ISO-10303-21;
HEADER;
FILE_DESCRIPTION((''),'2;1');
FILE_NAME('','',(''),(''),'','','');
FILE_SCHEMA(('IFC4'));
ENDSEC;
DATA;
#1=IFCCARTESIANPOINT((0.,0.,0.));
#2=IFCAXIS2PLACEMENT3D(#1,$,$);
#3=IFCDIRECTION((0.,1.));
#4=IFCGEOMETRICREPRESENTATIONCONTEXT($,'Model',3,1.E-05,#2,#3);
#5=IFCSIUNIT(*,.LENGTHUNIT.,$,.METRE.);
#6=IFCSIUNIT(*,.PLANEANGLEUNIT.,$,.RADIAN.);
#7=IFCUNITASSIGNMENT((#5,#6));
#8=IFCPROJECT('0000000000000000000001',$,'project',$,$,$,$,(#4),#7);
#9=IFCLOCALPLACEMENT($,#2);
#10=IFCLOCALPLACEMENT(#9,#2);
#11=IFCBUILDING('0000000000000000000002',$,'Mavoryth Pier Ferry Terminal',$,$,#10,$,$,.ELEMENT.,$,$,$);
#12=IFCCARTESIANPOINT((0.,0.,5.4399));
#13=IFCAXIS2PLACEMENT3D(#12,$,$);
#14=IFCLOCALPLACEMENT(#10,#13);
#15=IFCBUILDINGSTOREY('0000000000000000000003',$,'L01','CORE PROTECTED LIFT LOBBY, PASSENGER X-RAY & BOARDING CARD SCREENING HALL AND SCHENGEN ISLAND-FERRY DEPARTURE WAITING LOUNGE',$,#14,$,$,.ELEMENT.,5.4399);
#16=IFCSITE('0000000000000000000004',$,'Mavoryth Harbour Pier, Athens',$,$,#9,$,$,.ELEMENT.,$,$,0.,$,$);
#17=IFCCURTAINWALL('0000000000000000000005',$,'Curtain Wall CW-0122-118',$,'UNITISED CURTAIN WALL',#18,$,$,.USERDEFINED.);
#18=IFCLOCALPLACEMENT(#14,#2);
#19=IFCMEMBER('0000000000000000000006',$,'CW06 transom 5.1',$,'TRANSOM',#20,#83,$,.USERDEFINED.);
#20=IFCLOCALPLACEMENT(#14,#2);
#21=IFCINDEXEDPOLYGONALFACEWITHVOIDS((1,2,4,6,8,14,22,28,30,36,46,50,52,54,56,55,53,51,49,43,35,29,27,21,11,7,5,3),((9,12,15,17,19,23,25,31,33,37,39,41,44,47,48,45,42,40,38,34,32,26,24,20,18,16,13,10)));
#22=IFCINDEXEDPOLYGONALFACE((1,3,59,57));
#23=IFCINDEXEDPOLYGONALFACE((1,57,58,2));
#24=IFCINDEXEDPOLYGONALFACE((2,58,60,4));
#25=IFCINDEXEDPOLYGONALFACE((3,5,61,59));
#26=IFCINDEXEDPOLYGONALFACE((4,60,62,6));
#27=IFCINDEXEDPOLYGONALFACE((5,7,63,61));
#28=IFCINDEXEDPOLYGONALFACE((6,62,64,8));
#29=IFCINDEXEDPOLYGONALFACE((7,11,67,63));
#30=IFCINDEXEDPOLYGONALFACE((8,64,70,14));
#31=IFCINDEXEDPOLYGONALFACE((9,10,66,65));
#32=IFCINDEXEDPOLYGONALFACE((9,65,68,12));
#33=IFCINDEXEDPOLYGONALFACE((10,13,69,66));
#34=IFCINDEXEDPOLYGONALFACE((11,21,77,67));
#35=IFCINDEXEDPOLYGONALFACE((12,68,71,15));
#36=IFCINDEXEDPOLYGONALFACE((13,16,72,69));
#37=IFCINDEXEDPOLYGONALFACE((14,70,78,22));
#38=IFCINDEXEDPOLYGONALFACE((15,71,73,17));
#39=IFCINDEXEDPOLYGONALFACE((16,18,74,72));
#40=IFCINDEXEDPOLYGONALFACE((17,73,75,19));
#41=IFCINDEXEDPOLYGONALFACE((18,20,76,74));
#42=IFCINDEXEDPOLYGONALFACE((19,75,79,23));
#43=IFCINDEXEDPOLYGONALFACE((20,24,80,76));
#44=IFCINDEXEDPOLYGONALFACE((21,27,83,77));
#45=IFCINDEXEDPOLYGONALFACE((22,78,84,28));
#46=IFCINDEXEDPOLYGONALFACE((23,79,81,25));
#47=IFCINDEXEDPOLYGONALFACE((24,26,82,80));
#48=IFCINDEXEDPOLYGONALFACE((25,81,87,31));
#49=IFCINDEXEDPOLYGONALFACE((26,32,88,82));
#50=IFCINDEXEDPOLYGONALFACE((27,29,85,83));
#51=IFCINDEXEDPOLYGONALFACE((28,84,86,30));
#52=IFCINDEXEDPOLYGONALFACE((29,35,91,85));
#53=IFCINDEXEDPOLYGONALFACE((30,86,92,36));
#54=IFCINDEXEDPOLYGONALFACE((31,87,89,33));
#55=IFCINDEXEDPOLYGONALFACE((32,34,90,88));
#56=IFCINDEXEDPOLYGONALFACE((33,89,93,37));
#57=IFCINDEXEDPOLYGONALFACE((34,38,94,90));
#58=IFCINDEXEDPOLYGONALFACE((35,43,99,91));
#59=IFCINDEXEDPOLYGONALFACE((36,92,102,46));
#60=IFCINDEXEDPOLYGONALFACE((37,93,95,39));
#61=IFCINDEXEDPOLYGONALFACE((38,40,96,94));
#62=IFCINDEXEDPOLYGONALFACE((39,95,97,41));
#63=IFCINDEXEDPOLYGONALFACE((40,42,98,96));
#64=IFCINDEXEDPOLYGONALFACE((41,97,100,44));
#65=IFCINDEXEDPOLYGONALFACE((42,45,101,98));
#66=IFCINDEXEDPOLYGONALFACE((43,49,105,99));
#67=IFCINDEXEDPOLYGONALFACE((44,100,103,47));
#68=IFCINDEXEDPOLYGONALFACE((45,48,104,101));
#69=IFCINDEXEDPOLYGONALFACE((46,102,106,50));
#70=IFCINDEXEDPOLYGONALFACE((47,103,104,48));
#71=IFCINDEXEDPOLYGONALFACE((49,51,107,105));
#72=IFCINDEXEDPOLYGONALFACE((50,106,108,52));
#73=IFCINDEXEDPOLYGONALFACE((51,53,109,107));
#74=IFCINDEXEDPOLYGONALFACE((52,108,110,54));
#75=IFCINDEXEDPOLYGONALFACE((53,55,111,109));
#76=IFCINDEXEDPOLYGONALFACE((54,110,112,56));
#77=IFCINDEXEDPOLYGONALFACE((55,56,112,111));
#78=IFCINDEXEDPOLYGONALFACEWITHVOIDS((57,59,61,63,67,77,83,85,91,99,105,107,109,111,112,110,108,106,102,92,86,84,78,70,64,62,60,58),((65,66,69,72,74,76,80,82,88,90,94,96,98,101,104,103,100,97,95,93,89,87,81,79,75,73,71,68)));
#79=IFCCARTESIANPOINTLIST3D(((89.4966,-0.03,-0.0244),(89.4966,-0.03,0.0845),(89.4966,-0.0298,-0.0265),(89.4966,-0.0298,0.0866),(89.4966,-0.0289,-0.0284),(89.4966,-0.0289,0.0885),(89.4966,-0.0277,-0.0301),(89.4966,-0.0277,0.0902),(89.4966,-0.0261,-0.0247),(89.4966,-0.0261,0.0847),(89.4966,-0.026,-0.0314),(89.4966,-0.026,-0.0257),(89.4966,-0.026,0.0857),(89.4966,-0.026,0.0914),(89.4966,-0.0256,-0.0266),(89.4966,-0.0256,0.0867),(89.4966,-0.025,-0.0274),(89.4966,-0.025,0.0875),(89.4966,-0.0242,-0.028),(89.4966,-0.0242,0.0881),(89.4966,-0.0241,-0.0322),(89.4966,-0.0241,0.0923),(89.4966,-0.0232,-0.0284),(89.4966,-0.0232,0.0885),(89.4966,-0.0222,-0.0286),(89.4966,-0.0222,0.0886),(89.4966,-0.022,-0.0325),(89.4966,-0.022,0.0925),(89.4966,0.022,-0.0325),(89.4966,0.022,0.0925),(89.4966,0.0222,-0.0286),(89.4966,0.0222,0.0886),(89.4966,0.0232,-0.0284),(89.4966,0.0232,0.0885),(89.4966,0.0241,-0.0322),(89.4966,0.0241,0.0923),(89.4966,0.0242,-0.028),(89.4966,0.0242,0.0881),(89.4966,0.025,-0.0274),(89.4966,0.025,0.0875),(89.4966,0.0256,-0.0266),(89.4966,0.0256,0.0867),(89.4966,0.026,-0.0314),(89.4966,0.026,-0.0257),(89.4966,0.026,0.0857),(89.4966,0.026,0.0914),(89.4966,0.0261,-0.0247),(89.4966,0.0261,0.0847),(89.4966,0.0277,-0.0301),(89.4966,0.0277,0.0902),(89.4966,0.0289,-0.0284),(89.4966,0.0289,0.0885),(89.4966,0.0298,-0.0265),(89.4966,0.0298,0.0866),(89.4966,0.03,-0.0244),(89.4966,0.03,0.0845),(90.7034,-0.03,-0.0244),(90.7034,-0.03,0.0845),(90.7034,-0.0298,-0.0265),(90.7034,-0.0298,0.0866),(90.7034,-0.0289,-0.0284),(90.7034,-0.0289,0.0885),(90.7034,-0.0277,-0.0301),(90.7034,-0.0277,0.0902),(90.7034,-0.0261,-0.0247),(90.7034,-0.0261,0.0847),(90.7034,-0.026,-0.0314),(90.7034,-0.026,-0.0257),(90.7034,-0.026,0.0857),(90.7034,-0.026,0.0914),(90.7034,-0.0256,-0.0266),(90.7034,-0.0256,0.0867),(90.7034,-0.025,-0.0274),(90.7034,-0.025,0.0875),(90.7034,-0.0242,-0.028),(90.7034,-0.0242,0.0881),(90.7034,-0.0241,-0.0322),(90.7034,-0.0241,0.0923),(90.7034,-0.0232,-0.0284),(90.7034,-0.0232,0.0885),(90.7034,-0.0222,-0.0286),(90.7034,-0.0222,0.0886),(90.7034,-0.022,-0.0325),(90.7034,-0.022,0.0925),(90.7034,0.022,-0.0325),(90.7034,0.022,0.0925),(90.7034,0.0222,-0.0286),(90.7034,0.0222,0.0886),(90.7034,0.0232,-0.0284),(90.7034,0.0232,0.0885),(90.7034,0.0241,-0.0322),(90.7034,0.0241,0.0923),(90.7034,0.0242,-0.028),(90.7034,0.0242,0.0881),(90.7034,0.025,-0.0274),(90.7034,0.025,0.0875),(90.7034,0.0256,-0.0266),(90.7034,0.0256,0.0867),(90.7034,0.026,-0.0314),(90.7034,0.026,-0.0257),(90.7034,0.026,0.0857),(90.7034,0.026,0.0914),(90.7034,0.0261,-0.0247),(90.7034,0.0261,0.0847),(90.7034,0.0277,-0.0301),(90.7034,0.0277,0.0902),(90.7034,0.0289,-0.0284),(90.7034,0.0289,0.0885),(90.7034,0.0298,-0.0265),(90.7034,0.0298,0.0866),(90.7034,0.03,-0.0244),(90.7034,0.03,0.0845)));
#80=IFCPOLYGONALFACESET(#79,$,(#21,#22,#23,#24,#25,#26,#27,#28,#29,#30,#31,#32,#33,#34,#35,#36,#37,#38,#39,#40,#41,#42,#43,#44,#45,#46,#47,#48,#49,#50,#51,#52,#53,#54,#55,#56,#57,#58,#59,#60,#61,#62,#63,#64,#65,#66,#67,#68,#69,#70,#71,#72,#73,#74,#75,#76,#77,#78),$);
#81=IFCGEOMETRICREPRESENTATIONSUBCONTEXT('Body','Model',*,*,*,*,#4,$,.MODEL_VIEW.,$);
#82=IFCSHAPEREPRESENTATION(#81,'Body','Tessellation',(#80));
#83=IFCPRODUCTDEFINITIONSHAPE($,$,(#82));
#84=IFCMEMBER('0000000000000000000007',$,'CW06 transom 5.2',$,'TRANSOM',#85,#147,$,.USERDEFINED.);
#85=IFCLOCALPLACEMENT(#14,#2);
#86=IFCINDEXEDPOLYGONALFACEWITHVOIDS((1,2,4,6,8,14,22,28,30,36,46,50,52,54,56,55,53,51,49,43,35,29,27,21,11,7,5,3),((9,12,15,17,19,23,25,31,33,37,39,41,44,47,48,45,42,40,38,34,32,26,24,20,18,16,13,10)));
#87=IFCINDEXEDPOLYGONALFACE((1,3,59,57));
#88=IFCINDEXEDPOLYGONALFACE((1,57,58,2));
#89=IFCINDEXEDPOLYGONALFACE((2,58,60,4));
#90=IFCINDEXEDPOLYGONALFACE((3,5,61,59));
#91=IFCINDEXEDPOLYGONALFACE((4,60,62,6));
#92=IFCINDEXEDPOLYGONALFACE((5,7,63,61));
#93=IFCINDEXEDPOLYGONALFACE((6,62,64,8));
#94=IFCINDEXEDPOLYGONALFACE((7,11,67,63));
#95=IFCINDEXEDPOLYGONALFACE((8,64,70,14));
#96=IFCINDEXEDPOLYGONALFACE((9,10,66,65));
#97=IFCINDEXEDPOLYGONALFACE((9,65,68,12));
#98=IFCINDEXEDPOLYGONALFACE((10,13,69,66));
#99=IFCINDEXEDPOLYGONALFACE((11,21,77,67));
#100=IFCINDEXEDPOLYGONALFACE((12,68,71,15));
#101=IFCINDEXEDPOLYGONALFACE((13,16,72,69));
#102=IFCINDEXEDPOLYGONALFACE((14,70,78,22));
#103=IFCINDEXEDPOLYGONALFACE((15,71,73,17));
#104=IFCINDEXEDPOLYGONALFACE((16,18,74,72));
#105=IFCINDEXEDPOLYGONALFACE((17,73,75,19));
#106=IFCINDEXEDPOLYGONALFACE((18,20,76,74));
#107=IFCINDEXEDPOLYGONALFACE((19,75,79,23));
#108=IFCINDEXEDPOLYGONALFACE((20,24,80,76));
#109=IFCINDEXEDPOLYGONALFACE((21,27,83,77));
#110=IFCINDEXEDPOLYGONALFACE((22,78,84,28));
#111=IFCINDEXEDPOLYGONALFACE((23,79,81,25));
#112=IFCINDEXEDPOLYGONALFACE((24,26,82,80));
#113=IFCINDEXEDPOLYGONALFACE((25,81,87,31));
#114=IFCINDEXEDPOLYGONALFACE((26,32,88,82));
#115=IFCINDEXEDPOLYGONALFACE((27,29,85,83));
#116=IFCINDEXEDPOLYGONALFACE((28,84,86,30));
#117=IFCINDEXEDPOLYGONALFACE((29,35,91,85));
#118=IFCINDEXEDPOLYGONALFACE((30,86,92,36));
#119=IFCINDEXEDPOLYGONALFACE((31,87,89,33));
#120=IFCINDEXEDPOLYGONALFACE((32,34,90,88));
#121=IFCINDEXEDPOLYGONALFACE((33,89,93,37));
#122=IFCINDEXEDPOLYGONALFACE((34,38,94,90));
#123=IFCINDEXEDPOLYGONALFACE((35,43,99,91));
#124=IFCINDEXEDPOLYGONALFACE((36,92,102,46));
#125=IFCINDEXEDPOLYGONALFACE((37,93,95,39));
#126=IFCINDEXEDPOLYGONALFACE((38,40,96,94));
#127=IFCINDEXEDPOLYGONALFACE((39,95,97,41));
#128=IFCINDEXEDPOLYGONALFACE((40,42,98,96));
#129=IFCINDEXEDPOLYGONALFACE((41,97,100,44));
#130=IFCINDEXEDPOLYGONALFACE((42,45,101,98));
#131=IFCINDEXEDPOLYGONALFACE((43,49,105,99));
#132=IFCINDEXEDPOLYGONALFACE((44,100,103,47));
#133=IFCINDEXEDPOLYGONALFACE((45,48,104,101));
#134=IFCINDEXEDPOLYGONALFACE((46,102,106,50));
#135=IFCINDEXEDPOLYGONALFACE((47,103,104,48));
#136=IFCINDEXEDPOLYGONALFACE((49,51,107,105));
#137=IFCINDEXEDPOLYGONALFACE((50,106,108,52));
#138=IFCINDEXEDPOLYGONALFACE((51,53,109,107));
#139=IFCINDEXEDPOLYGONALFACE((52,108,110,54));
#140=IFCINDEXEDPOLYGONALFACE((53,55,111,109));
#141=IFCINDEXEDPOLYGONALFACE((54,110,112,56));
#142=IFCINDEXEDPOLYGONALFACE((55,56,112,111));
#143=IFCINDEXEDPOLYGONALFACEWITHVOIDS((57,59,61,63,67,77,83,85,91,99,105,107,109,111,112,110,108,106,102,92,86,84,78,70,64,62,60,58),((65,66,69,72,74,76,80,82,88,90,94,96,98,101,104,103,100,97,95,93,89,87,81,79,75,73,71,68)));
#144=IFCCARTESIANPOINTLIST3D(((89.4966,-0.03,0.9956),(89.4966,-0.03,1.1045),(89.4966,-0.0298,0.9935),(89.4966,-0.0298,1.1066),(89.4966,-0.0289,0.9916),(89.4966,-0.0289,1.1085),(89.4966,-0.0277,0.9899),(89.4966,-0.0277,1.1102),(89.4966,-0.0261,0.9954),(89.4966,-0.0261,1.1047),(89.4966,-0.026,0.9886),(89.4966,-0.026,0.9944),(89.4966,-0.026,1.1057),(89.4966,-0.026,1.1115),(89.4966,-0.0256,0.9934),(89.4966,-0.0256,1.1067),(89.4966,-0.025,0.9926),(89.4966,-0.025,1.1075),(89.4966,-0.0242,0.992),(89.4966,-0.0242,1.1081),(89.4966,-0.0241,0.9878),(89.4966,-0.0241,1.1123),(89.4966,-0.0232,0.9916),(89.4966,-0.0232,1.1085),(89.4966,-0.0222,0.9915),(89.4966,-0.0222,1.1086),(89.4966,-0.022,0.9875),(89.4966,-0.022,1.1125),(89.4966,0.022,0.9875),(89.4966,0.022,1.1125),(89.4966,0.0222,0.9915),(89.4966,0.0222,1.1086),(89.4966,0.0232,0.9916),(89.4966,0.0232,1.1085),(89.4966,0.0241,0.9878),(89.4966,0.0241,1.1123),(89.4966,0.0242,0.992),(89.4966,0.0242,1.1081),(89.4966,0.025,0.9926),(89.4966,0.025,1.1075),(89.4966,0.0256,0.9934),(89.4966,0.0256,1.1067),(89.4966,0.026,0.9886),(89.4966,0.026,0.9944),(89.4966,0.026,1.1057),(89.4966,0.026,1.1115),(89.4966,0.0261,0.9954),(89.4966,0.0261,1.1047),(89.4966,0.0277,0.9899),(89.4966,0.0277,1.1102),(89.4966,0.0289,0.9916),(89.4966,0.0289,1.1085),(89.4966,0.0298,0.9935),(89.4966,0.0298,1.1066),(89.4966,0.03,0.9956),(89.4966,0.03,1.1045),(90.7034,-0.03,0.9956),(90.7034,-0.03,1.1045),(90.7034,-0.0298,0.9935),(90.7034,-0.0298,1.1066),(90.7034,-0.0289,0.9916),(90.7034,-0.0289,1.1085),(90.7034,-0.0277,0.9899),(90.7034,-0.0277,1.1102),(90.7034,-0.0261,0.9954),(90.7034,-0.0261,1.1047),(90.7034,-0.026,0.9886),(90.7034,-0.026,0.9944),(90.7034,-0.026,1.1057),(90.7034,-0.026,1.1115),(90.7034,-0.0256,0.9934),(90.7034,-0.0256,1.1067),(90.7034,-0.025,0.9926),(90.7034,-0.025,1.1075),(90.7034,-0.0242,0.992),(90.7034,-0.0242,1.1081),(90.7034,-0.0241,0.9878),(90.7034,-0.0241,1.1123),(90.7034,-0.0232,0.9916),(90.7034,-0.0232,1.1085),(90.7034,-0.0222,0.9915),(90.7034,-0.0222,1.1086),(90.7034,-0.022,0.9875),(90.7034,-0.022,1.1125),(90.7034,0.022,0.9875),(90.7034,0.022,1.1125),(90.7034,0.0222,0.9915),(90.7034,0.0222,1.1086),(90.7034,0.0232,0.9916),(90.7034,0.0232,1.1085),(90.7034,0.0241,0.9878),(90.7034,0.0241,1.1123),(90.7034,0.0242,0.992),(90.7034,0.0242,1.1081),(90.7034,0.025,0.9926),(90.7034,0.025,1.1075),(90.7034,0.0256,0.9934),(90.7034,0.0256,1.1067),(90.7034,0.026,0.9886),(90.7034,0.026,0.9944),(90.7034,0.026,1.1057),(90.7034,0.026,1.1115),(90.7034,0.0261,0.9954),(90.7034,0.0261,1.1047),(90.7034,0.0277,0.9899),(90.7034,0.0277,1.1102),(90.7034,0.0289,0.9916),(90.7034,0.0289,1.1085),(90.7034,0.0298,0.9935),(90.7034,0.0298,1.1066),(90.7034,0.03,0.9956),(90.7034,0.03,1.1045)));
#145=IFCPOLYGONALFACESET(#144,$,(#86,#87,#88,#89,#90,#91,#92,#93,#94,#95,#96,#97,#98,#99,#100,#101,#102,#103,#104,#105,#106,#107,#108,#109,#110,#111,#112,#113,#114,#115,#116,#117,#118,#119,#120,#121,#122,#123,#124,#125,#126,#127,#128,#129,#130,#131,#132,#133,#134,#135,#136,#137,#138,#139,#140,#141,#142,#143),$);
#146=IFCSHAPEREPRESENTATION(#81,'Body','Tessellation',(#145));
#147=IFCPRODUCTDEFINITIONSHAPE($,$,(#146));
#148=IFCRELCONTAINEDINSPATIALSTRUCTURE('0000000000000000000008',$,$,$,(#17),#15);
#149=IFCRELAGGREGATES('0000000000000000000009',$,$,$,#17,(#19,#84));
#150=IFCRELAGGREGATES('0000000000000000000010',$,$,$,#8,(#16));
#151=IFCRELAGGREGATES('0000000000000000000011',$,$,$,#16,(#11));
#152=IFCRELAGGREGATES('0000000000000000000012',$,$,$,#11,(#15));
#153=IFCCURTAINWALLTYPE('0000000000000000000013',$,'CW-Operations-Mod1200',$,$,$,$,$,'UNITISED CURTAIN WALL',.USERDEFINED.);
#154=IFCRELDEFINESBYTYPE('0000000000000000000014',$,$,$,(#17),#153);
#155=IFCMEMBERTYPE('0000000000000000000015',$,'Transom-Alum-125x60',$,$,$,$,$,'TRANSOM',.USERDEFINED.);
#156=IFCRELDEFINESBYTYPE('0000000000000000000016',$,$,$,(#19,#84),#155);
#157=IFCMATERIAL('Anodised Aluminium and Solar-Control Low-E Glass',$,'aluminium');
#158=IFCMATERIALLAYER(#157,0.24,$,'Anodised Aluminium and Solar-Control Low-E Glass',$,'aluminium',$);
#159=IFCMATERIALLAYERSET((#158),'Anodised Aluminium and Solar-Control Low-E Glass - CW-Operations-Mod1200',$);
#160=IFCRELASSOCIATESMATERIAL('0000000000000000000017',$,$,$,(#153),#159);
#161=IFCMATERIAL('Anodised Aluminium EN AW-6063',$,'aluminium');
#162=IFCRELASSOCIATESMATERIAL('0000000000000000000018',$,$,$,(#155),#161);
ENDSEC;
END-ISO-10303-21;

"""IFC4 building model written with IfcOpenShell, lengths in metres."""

from ifc_helpers import new_model, si_unit, direction, frame, origin, origin_2d, place, context, subcontext, project, spatial, hollow_rectangle, extrude, material, layer, layer_set, material_profile, profile_set, type_object, element, aggregate, save


model = new_model("IFC4")

# Units and contexts
model_context = context("Model", 3, precision=1e-05, world=origin(), true_north=direction((0.0, 1.0)))
body_context = subcontext(model_context, "Body", "Model", "MODEL_VIEW")
ifc_project = project(units=[si_unit("LENGTHUNIT", "METRE"), si_unit("PLANEANGLEUNIT", "RADIAN")], contexts=[model_context])

# Site, building, storey
site_placement = place(None, origin())
site = spatial("IfcSite", under=ifc_project, at=site_placement, Name="Mavoryth Harbour Pier, Athens", CompositionType="ELEMENT", RefElevation=0.0)
building_placement = place(site_placement, origin())
building = spatial("IfcBuilding", under=site, at=building_placement, Name="Mavoryth Pier Ferry Terminal", CompositionType="ELEMENT")
storey_placement = place(building_placement, frame((0.0, 0.0, 5.4399)))
storey = spatial("IfcBuildingStorey", under=building, at=storey_placement, Name="L01", Description="CORE PROTECTED LIFT LOBBY, PASSENGER X-RAY & BOARDING CARD SCREENING HALL AND SCHENGEN ISLAND-FERRY DEPARTURE WAITING LOUNGE", CompositionType="ELEMENT", Elevation=5.4399)

# Curtain wall
ifc_material_1 = material(Name="Anodised Aluminium and Solar-Control Low-E Glass", Category="aluminium")
ifc_layer_1 = layer(ifc_material_1, 0.24, Name="Anodised Aluminium and Solar-Control Low-E Glass", Category="aluminium")
ifc_layer_set_1 = layer_set([ifc_layer_1], Name="Anodised Aluminium and Solar-Control Low-E Glass - CW-Operations-Mod1200")
curtain_wall_type = type_object("IfcCurtainWallType", Name="CW-Operations-Mod1200", ElementType="UNITISED CURTAIN WALL", PredefinedType="USERDEFINED", material=ifc_layer_set_1)
curtain_wall_1_placement = place(storey_placement, origin())
curtain_wall_1 = element("IfcCurtainWall", 1, at=curtain_wall_1_placement, inside=storey, type_object=curtain_wall_type, Name="Curtain Wall CW-0122-118", ObjectType="UNITISED CURTAIN WALL", PredefinedType="USERDEFINED")
ifc_material_2 = material(Name="Anodised Aluminium EN AW-6063", Category="aluminium")

# Members
ifc_material_profile_1 = material_profile(ifc_material_2, hollow_rectangle(XDim=0.0601, YDim=0.125, WallThickness=0.0039, InnerFilletRadius=0.0039, OuterFilletRadius=0.0081, at=origin_2d()), Name="AL-TRAN 125x60x4", Category="aluminium")
ifc_profile_set_1 = profile_set([ifc_material_profile_1], Name="Anodised Aluminium EN AW-6063 - AL-TRAN 125x60x4")
member_type_1 = type_object("IfcMemberType", Name="Transom-Alum-125x60", ElementType="TRANSOM", PredefinedType="USERDEFINED", material=ifc_profile_set_1)
member_1_placement = place(storey_placement, frame((89.4966, 0.0, 0.03), z_axis=(1.0, 0.0, 0.0), x_axis=(0.0, 1.0, 0.0)))
member_1 = element("IfcMember", 2, at=member_1_placement, type_object=member_type_1, Name="CW06 transom 5.1", ObjectType="TRANSOM", PredefinedType="USERDEFINED", context=body_context, shape_type="SweptSolid", body=[
    extrude(hollow_rectangle(XDim=0.0601, YDim=0.125, WallThickness=0.0039, InnerFilletRadius=0.0039, OuterFilletRadius=0.0081, at=origin_2d()), origin(), (0.0, 0.0, 1.0), 1.2068),
])
member_2_placement = place(storey_placement, frame((89.4966, 0.0, 1.05), z_axis=(1.0, 0.0, 0.0), x_axis=(0.0, 1.0, 0.0)))
member_2 = element("IfcMember", 3, at=member_2_placement, type_object=member_type_1, Name="CW06 transom 5.2", ObjectType="TRANSOM", PredefinedType="USERDEFINED", context=body_context, shape_type="SweptSolid", body=[
    extrude(hollow_rectangle(XDim=0.0601, YDim=0.125, WallThickness=0.0039, InnerFilletRadius=0.0039, OuterFilletRadius=0.0081, at=origin_2d()), origin(), (0.0, 0.0, 1.0), 1.2068),
])

aggregate(curtain_wall_1, [member_1, member_2])

save(model, "model.ifc")
